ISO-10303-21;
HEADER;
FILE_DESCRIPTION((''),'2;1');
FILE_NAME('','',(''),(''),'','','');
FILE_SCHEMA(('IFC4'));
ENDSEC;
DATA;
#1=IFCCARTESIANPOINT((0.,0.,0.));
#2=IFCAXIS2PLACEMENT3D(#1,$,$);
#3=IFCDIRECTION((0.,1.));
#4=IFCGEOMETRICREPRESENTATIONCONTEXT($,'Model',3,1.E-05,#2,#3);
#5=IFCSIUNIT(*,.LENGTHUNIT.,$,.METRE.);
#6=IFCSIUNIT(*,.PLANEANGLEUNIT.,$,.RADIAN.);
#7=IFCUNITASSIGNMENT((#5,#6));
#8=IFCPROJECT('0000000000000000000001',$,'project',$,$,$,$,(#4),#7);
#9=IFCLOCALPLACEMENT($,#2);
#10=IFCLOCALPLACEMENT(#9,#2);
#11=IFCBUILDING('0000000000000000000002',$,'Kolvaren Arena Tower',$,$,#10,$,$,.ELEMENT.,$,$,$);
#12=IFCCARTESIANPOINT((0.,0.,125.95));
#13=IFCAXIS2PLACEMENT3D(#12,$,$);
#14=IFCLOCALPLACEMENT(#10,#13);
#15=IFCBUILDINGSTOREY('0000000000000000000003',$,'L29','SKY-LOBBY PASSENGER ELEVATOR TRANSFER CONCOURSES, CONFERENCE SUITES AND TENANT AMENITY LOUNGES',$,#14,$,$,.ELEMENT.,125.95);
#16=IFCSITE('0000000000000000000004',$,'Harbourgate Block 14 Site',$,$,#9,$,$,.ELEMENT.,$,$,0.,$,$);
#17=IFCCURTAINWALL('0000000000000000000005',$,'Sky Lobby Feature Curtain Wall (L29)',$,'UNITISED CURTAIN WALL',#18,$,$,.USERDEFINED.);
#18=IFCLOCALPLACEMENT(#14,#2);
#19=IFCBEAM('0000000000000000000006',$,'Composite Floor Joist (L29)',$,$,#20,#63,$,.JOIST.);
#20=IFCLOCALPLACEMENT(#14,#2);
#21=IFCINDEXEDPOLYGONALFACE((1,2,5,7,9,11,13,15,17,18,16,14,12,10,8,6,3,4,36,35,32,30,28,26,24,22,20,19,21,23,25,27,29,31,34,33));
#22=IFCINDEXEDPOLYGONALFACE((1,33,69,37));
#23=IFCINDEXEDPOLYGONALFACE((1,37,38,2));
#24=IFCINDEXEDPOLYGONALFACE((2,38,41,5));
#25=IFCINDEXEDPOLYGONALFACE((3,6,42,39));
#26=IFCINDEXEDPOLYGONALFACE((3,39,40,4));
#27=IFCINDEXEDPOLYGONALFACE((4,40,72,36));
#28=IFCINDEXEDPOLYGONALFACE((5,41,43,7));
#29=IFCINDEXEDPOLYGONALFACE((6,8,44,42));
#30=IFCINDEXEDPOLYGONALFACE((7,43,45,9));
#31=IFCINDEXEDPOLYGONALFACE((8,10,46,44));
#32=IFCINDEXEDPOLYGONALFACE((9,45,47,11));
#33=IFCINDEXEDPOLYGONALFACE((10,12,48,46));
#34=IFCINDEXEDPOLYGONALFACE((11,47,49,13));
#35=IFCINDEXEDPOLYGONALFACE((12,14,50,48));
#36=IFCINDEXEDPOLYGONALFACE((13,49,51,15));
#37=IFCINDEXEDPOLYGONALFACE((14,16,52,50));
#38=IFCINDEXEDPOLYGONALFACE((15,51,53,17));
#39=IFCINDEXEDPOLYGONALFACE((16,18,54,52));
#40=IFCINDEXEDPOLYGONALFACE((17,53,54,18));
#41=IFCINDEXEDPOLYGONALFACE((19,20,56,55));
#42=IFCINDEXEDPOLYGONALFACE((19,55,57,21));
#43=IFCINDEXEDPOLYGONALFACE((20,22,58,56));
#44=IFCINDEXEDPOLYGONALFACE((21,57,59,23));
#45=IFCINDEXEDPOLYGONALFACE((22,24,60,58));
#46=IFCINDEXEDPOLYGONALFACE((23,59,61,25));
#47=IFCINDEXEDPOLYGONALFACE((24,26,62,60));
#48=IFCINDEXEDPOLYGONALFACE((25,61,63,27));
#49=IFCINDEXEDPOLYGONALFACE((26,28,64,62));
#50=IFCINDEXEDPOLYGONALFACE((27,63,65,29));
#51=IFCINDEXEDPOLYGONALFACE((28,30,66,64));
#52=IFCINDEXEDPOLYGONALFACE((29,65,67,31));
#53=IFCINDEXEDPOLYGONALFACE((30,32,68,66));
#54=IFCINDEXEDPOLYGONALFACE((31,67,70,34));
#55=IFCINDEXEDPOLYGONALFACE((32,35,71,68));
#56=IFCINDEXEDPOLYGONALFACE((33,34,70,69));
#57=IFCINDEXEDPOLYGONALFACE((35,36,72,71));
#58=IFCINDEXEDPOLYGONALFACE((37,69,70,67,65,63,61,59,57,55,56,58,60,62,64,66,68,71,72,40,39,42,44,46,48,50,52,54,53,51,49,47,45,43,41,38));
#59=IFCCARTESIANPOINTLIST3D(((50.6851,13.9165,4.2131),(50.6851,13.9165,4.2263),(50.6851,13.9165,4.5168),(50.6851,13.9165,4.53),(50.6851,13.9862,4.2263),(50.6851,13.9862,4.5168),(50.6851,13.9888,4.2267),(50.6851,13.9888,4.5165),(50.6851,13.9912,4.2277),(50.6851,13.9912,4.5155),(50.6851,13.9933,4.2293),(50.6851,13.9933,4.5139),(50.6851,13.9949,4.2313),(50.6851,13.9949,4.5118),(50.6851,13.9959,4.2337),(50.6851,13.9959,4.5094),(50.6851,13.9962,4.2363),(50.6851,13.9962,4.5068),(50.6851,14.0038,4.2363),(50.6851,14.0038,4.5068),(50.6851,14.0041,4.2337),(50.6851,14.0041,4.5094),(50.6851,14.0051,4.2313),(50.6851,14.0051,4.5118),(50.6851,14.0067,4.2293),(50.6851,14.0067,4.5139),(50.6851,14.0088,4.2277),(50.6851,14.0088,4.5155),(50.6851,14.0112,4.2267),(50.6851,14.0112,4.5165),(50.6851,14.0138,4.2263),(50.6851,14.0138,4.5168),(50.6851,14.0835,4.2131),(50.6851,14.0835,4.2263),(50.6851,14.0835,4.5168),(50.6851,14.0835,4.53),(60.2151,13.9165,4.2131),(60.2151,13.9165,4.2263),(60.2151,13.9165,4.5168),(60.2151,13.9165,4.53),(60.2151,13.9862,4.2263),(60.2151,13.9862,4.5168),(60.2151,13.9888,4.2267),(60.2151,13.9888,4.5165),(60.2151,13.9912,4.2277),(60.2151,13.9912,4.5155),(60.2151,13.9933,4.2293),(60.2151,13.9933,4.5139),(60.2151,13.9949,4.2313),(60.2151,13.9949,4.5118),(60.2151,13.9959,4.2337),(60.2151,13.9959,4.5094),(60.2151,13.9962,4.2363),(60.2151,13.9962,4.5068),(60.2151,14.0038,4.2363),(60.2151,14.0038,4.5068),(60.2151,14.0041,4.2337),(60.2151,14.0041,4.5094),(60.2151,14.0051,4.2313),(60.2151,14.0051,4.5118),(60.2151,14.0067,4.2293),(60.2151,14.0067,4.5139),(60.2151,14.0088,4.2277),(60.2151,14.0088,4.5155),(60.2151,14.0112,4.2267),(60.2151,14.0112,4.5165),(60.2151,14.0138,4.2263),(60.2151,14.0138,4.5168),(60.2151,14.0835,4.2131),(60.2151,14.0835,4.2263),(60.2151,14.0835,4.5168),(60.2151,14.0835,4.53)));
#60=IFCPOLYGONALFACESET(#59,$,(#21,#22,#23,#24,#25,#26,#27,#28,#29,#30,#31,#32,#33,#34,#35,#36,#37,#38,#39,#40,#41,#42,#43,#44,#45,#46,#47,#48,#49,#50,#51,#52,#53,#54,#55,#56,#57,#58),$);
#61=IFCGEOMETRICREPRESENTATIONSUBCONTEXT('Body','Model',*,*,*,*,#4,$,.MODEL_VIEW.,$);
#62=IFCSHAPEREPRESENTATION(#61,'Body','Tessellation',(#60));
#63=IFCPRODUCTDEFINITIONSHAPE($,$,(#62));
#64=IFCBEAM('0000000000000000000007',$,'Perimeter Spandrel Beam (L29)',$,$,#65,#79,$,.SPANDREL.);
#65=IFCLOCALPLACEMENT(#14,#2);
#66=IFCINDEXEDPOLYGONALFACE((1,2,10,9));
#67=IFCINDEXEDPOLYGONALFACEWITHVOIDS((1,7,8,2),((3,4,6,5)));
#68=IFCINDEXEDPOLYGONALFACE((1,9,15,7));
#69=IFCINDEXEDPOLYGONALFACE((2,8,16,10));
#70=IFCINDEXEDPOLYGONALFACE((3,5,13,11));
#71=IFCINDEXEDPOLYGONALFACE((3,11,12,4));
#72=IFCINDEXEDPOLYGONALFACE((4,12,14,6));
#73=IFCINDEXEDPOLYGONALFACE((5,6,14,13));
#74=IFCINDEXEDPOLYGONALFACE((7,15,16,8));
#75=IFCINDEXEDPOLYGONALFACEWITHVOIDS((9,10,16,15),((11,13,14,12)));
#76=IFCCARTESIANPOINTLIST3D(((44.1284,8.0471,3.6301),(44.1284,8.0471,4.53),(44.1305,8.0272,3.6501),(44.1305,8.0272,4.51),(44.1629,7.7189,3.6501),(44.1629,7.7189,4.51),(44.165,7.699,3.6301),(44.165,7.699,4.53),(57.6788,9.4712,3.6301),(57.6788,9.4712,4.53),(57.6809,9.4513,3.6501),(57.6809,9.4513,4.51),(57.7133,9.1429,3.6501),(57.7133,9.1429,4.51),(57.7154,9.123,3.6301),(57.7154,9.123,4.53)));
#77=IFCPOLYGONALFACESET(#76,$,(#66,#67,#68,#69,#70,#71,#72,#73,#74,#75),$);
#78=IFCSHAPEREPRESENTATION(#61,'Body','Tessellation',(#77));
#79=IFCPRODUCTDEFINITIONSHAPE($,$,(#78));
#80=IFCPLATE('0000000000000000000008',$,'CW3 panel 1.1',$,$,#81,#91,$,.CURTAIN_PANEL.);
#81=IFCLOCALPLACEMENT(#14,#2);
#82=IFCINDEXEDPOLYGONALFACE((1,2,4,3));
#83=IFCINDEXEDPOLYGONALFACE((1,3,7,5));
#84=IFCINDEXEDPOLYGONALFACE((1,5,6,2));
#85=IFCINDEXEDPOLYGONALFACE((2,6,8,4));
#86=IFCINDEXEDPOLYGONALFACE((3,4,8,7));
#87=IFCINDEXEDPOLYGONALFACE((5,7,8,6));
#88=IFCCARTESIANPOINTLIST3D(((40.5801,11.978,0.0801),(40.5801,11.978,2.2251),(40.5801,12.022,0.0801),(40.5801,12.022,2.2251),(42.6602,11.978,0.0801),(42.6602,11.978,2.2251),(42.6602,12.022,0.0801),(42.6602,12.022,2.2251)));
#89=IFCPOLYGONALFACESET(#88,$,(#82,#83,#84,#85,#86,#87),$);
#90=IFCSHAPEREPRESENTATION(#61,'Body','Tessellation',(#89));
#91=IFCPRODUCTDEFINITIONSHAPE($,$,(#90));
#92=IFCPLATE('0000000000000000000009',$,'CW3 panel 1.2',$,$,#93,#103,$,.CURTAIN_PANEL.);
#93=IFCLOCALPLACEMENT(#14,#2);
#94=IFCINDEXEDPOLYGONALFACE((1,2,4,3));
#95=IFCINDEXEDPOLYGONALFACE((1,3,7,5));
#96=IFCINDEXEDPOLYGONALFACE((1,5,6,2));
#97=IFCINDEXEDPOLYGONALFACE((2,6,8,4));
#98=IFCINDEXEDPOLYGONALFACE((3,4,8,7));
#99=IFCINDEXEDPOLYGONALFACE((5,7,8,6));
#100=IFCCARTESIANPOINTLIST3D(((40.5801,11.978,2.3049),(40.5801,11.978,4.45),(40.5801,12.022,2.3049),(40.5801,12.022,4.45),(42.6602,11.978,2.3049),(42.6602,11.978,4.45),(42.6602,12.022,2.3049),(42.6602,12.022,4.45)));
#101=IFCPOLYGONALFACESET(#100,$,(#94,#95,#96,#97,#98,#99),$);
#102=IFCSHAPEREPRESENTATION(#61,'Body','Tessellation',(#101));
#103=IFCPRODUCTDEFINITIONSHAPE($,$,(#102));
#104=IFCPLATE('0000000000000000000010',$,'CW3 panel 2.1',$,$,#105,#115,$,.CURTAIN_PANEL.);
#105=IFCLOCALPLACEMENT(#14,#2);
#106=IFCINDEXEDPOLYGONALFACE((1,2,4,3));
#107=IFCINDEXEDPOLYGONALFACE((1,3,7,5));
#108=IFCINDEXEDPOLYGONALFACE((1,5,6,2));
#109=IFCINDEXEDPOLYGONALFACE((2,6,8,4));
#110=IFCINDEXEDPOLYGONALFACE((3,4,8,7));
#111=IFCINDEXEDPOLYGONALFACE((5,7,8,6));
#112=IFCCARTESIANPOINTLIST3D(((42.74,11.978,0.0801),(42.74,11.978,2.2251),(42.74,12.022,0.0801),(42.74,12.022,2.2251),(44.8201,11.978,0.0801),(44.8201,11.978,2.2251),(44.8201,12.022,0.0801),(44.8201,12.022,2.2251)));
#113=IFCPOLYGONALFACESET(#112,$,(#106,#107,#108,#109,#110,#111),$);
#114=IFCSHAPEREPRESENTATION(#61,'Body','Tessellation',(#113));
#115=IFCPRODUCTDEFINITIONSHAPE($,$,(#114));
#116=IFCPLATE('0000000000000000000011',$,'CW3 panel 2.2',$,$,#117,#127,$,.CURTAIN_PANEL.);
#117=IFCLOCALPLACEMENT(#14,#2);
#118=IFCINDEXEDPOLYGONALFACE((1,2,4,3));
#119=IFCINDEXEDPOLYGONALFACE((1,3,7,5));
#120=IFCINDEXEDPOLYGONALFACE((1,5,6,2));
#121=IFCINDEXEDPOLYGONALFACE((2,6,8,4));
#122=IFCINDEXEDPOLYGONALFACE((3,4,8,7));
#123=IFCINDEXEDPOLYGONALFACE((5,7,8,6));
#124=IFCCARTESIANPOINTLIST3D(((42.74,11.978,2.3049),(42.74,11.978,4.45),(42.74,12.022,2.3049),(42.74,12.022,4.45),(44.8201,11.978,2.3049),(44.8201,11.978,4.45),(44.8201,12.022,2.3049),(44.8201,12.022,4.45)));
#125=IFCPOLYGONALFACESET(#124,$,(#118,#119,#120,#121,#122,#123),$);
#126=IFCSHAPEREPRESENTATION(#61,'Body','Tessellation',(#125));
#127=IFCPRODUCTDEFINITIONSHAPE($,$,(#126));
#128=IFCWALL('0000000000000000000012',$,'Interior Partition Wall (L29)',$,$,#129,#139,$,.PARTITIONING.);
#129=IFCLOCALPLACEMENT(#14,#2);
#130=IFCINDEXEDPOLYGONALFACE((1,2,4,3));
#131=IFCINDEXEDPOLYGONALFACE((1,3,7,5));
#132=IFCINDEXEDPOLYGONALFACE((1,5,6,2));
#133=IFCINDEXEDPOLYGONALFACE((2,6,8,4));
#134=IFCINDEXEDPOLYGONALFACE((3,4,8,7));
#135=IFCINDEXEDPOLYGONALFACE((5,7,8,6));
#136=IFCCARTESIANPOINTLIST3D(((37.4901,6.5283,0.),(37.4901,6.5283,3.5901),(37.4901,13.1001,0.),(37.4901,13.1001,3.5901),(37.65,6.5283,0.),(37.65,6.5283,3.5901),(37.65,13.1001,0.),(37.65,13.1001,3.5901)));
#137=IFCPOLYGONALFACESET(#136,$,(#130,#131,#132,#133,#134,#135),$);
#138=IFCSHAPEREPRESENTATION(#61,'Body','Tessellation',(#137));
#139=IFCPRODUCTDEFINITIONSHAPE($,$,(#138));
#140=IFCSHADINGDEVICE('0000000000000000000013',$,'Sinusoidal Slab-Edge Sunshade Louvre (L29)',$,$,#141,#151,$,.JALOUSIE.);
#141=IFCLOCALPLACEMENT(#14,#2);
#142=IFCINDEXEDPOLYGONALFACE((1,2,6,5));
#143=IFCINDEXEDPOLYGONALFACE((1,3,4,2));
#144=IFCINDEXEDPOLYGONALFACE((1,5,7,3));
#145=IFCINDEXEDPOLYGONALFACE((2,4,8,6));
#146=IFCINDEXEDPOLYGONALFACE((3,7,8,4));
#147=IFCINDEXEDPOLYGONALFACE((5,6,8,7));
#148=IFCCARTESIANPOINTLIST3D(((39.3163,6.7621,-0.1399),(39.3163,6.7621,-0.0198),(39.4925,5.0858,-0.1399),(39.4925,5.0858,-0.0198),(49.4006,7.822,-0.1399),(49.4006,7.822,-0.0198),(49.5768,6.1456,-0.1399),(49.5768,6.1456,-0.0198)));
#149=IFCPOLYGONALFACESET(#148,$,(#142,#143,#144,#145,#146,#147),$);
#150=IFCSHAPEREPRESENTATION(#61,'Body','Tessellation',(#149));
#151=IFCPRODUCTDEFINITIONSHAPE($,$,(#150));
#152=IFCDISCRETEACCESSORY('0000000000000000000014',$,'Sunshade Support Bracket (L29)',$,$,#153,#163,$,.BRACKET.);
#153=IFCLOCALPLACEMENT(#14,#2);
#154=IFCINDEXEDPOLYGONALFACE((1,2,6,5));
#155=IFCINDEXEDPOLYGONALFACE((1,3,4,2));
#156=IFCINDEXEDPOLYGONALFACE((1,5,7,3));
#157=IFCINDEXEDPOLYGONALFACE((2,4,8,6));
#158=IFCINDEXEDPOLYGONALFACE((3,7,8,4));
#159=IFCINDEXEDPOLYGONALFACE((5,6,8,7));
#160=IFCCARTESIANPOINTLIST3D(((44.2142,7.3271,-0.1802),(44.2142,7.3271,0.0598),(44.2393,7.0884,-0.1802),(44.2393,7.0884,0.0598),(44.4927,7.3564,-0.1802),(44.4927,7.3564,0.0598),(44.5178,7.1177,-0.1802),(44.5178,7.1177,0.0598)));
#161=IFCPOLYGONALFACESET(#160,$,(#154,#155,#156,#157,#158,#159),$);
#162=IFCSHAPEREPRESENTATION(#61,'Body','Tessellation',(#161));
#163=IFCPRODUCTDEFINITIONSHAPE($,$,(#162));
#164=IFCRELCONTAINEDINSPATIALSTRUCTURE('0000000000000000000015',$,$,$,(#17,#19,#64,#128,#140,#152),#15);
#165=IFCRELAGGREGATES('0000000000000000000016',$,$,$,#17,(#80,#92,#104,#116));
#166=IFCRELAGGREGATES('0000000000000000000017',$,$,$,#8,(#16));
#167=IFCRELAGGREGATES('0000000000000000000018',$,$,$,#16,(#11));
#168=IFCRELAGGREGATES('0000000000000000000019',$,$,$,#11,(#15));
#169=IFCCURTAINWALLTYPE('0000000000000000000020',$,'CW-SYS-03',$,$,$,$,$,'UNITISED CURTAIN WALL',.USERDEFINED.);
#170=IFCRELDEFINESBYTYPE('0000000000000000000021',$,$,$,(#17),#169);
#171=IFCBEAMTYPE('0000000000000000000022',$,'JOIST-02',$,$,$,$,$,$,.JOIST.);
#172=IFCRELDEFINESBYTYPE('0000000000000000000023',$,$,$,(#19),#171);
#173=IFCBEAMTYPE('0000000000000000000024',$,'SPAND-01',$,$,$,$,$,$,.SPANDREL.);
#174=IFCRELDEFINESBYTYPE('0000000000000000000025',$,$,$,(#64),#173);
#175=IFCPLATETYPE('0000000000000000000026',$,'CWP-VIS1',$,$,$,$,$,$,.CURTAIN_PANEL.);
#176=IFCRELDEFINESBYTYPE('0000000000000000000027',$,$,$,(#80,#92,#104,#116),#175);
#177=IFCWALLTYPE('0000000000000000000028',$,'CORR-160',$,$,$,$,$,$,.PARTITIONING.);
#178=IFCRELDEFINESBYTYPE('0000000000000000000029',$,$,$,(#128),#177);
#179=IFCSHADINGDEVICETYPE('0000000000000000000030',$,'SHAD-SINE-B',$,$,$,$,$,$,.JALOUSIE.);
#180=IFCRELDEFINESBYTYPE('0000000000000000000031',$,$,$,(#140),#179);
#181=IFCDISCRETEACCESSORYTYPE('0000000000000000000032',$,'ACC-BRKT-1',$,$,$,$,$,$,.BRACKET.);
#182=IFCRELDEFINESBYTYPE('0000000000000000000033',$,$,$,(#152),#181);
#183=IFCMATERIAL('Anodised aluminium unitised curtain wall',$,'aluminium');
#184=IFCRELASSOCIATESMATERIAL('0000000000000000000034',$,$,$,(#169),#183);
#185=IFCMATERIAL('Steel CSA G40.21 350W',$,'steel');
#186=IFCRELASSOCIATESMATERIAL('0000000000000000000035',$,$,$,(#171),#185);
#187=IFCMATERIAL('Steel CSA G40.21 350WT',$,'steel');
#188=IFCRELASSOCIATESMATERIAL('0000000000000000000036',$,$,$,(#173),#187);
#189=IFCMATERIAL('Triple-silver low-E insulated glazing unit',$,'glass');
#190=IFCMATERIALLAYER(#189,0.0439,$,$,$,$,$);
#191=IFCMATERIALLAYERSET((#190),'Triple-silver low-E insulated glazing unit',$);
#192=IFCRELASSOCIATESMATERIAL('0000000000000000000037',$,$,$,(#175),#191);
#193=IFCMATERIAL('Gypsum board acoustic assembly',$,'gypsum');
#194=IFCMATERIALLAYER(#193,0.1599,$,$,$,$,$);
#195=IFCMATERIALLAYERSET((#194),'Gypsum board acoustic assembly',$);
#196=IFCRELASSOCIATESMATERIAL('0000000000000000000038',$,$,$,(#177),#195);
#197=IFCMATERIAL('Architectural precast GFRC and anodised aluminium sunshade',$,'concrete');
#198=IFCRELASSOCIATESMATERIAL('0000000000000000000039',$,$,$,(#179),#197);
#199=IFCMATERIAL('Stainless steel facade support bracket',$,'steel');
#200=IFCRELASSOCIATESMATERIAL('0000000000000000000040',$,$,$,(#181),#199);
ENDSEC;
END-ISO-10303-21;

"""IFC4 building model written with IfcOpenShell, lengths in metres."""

from ifc_helpers import new_model, si_unit, direction, frame, frame_2d, origin, origin_2d, place, context, subcontext, project, spatial, rectangle, hollow_rectangle, i_section, extrude, material, layer, layer_set, material_profile, profile_set, type_object, element, aggregate, save


model = new_model("IFC4")

# Units and contexts
model_context = context("Model", 3, precision=1e-05, world=origin(), true_north=direction((0.0, 1.0)))
body_context = subcontext(model_context, "Body", "Model", "MODEL_VIEW")
ifc_project = project(units=[si_unit("LENGTHUNIT", "METRE"), si_unit("PLANEANGLEUNIT", "RADIAN")], contexts=[model_context])

# Site, building, storey
site_placement = place(None, origin())
site = spatial("IfcSite", under=ifc_project, at=site_placement, Name="Harbourgate Block 14 Site", CompositionType="ELEMENT", RefElevation=0.0)
building_placement = place(site_placement, origin())
building = spatial("IfcBuilding", under=site, at=building_placement, Name="Kolvaren Arena Tower", CompositionType="ELEMENT")
storey_placement = place(building_placement, frame((0.0, 0.0, 125.95)))
storey = spatial("IfcBuildingStorey", under=building, at=storey_placement, Name="L29", Description="SKY-LOBBY PASSENGER ELEVATOR TRANSFER CONCOURSES, CONFERENCE SUITES AND TENANT AMENITY LOUNGES", CompositionType="ELEMENT", Elevation=125.95)

# Shared definitions
ifc_material_1 = material(Name="Steel CSA G40.21 350W", Category="steel")

# Curtain wall
ifc_material_2 = material(Name="Anodised aluminium unitised curtain wall", Category="aluminium")
curtain_wall_type = type_object("IfcCurtainWallType", Name="CW-SYS-03", ElementType="UNITISED CURTAIN WALL", PredefinedType="USERDEFINED", material=ifc_material_2)
curtain_wall_placement = place(storey_placement, origin())
curtain_wall = element("IfcCurtainWall", 1, at=curtain_wall_placement, inside=storey, type_object=curtain_wall_type, Name="Sky Lobby Feature Curtain Wall (L29)", ObjectType="UNITISED CURTAIN WALL", PredefinedType="USERDEFINED")

# Beams
ifc_material_profile_1 = material_profile(ifc_material_1, i_section(OverallWidth=0.167, OverallDepth=0.3169, WebThickness=0.0076, FlangeThickness=0.0132, FilletRadius=0.01, at=origin_2d()), Name="W310x52")
ifc_profile_set_1 = profile_set([ifc_material_profile_1], Name="Steel CSA G40.21 350W")
beam_type_1 = type_object("IfcBeamType", Name="JOIST-02", PredefinedType="JOIST", material=ifc_profile_set_1)
beam_1_placement = place(storey_placement, frame((50.6851, 14.0, 4.3716), z_axis=(1.0, 0.0, 0.0), x_axis=(0.0, 1.0, 0.0)))
element("IfcBeam", 2, at=beam_1_placement, inside=storey, type_object=beam_type_1, Name="Composite Floor Joist (L29)", PredefinedType="JOIST", context=body_context, shape_type="SweptSolid", body=[
    extrude(i_section(OverallWidth=0.167, OverallDepth=0.3169, WebThickness=0.0076, FlangeThickness=0.0132, FilletRadius=0.01, at=origin_2d()), origin(), (0.0, 0.0, 1.0), 9.53),
])
ifc_material_3 = material(Name="Steel CSA G40.21 350WT", Category="steel")
ifc_material_profile_2 = material_profile(ifc_material_3, hollow_rectangle(XDim=0.3501, YDim=0.8999, WallThickness=0.02, at=origin_2d()), Name="HSS 900x350x20")
ifc_profile_set_2 = profile_set([ifc_material_profile_2], Name="Steel CSA G40.21 350WT")
beam_type_2 = type_object("IfcBeamType", Name="SPAND-01", PredefinedType="SPANDREL", material=ifc_profile_set_2)
beam_2_placement = place(storey_placement, frame((44.1467, 7.873, 4.0801), z_axis=(0.994523, 0.10452, 0.0), x_axis=(-0.10452, 0.994523, 0.0)))
element("IfcBeam", 3, at=beam_2_placement, inside=storey, type_object=beam_type_2, Name="Perimeter Spandrel Beam (L29)", PredefinedType="SPANDREL", context=body_context, shape_type="SweptSolid", body=[
    extrude(hollow_rectangle(XDim=0.3501, YDim=0.8999, WallThickness=0.02, at=origin_2d()), origin(), (0.0, 0.0, 1.0), 13.625),
])

# Plates
ifc_material_4 = material(Name="Triple-silver low-E insulated glazing unit", Category="glass")
ifc_layer_1 = layer(ifc_material_4, 0.0439)
ifc_layer_set_1 = layer_set([ifc_layer_1], Name="Triple-silver low-E insulated glazing unit")
plate_type = type_object("IfcPlateType", Name="CWP-VIS1", PredefinedType="CURTAIN_PANEL", material=ifc_layer_set_1)
plate_1_placement = place(storey_placement, frame((41.6201, 12.0, 0.0801), z_axis=(0.0, 0.0, 1.0), x_axis=(1.0, 0.0, 0.0)))
plate_1 = element("IfcPlate", 4, at=plate_1_placement, type_object=plate_type, Name="CW3 panel 1.1", PredefinedType="CURTAIN_PANEL", context=body_context, shape_type="SweptSolid", body=[
    extrude(rectangle(XDim=2.0801, YDim=0.0439, at=origin_2d()), origin(), (0.0, 0.0, 1.0), 2.145),
])
plate_2_placement = place(storey_placement, frame((41.6201, 12.0, 2.3049), z_axis=(0.0, 0.0, 1.0), x_axis=(1.0, 0.0, 0.0)))
plate_2 = element("IfcPlate", 5, at=plate_2_placement, type_object=plate_type, Name="CW3 panel 1.2", PredefinedType="CURTAIN_PANEL", context=body_context, shape_type="SweptSolid", body=[
    extrude(rectangle(XDim=2.0801, YDim=0.0439, at=origin_2d()), origin(), (0.0, 0.0, 1.0), 2.145),
])
plate_3_placement = place(storey_placement, frame((43.78, 12.0, 0.0801), z_axis=(0.0, 0.0, 1.0), x_axis=(1.0, 0.0, 0.0)))
plate_3 = element("IfcPlate", 6, at=plate_3_placement, type_object=plate_type, Name="CW3 panel 2.1", PredefinedType="CURTAIN_PANEL", context=body_context, shape_type="SweptSolid", body=[
    extrude(rectangle(XDim=2.0801, YDim=0.0439, at=origin_2d()), origin(), (0.0, 0.0, 1.0), 2.145),
])
plate_4_placement = place(storey_placement, frame((43.78, 12.0, 2.3049), z_axis=(0.0, 0.0, 1.0), x_axis=(1.0, 0.0, 0.0)))
plate_4 = element("IfcPlate", 7, at=plate_4_placement, type_object=plate_type, Name="CW3 panel 2.2", PredefinedType="CURTAIN_PANEL", context=body_context, shape_type="SweptSolid", body=[
    extrude(rectangle(XDim=2.0801, YDim=0.0439, at=origin_2d()), origin(), (0.0, 0.0, 1.0), 2.145),
])
aggregate(curtain_wall, [plate_1, plate_2, plate_3, plate_4])

# Wall
ifc_material_5 = material(Name="Gypsum board acoustic assembly", Category="gypsum")
ifc_layer_2 = layer(ifc_material_5, 0.1599)
ifc_layer_set_2 = layer_set([ifc_layer_2], Name="Gypsum board acoustic assembly")
wall_type = type_object("IfcWallType", Name="CORR-160", PredefinedType="PARTITIONING", material=ifc_layer_set_2)
wall_placement = place(storey_placement, frame((37.5701, 6.5283, 0.0), z_axis=(0.0, 0.0, 1.0), x_axis=(0.0, 1.0, 0.0)))
element("IfcWall", 8, at=wall_placement, inside=storey, type_object=wall_type, Name="Interior Partition Wall (L29)", PredefinedType="PARTITIONING", context=body_context, shape_type="SweptSolid", body=[
    extrude(rectangle(XDim=6.5718, YDim=0.1599, at=frame_2d((3.2859, 0.0))), origin(), (0.0, 0.0, 1.0), 3.5901),
])

# Shading device
ifc_material_6 = material(Name="Architectural precast GFRC and anodised aluminium sunshade", Category="concrete")
shading_device_type = type_object("IfcShadingDeviceType", Name="SHAD-SINE-B", PredefinedType="JALOUSIE", material=ifc_material_6)
shading_device_placement = place(storey_placement, frame((44.4465, 6.4539, -0.1399), z_axis=(0.0, 0.0, 1.0), x_axis=(-0.994522, -0.104527, 0.0)))
element("IfcShadingDevice", 9, at=shading_device_placement, inside=storey, type_object=shading_device_type, Name="Sinusoidal Slab-Edge Sunshade Louvre (L29)", PredefinedType="JALOUSIE", context=body_context, shape_type="SweptSolid", body=[
    extrude(rectangle(XDim=10.1399, YDim=1.6855, at=origin_2d()), origin(), (0.0, 0.0, 1.0), 0.1201),
])

# Discrete accessory
ifc_material_7 = material(Name="Stainless steel facade support bracket", Category="steel")
discrete_accessory_type = type_object("IfcDiscreteAccessoryType", Name="ACC-BRKT-1", PredefinedType="BRACKET", material=ifc_material_7)
discrete_accessory_placement = place(storey_placement, frame((44.366, 7.2224, -0.1802), z_axis=(0.0, 0.0, 1.0), x_axis=(-0.994522, -0.104527, 0.0)))
element("IfcDiscreteAccessory", 10, at=discrete_accessory_placement, inside=storey, type_object=discrete_accessory_type, Name="Sunshade Support Bracket (L29)", PredefinedType="BRACKET", context=body_context, shape_type="SweptSolid", body=[
    extrude(rectangle(XDim=0.28, YDim=0.24, at=origin_2d()), origin(), (0.0, 0.0, 1.0), 0.24),
])

save(model, "model.ifc")
